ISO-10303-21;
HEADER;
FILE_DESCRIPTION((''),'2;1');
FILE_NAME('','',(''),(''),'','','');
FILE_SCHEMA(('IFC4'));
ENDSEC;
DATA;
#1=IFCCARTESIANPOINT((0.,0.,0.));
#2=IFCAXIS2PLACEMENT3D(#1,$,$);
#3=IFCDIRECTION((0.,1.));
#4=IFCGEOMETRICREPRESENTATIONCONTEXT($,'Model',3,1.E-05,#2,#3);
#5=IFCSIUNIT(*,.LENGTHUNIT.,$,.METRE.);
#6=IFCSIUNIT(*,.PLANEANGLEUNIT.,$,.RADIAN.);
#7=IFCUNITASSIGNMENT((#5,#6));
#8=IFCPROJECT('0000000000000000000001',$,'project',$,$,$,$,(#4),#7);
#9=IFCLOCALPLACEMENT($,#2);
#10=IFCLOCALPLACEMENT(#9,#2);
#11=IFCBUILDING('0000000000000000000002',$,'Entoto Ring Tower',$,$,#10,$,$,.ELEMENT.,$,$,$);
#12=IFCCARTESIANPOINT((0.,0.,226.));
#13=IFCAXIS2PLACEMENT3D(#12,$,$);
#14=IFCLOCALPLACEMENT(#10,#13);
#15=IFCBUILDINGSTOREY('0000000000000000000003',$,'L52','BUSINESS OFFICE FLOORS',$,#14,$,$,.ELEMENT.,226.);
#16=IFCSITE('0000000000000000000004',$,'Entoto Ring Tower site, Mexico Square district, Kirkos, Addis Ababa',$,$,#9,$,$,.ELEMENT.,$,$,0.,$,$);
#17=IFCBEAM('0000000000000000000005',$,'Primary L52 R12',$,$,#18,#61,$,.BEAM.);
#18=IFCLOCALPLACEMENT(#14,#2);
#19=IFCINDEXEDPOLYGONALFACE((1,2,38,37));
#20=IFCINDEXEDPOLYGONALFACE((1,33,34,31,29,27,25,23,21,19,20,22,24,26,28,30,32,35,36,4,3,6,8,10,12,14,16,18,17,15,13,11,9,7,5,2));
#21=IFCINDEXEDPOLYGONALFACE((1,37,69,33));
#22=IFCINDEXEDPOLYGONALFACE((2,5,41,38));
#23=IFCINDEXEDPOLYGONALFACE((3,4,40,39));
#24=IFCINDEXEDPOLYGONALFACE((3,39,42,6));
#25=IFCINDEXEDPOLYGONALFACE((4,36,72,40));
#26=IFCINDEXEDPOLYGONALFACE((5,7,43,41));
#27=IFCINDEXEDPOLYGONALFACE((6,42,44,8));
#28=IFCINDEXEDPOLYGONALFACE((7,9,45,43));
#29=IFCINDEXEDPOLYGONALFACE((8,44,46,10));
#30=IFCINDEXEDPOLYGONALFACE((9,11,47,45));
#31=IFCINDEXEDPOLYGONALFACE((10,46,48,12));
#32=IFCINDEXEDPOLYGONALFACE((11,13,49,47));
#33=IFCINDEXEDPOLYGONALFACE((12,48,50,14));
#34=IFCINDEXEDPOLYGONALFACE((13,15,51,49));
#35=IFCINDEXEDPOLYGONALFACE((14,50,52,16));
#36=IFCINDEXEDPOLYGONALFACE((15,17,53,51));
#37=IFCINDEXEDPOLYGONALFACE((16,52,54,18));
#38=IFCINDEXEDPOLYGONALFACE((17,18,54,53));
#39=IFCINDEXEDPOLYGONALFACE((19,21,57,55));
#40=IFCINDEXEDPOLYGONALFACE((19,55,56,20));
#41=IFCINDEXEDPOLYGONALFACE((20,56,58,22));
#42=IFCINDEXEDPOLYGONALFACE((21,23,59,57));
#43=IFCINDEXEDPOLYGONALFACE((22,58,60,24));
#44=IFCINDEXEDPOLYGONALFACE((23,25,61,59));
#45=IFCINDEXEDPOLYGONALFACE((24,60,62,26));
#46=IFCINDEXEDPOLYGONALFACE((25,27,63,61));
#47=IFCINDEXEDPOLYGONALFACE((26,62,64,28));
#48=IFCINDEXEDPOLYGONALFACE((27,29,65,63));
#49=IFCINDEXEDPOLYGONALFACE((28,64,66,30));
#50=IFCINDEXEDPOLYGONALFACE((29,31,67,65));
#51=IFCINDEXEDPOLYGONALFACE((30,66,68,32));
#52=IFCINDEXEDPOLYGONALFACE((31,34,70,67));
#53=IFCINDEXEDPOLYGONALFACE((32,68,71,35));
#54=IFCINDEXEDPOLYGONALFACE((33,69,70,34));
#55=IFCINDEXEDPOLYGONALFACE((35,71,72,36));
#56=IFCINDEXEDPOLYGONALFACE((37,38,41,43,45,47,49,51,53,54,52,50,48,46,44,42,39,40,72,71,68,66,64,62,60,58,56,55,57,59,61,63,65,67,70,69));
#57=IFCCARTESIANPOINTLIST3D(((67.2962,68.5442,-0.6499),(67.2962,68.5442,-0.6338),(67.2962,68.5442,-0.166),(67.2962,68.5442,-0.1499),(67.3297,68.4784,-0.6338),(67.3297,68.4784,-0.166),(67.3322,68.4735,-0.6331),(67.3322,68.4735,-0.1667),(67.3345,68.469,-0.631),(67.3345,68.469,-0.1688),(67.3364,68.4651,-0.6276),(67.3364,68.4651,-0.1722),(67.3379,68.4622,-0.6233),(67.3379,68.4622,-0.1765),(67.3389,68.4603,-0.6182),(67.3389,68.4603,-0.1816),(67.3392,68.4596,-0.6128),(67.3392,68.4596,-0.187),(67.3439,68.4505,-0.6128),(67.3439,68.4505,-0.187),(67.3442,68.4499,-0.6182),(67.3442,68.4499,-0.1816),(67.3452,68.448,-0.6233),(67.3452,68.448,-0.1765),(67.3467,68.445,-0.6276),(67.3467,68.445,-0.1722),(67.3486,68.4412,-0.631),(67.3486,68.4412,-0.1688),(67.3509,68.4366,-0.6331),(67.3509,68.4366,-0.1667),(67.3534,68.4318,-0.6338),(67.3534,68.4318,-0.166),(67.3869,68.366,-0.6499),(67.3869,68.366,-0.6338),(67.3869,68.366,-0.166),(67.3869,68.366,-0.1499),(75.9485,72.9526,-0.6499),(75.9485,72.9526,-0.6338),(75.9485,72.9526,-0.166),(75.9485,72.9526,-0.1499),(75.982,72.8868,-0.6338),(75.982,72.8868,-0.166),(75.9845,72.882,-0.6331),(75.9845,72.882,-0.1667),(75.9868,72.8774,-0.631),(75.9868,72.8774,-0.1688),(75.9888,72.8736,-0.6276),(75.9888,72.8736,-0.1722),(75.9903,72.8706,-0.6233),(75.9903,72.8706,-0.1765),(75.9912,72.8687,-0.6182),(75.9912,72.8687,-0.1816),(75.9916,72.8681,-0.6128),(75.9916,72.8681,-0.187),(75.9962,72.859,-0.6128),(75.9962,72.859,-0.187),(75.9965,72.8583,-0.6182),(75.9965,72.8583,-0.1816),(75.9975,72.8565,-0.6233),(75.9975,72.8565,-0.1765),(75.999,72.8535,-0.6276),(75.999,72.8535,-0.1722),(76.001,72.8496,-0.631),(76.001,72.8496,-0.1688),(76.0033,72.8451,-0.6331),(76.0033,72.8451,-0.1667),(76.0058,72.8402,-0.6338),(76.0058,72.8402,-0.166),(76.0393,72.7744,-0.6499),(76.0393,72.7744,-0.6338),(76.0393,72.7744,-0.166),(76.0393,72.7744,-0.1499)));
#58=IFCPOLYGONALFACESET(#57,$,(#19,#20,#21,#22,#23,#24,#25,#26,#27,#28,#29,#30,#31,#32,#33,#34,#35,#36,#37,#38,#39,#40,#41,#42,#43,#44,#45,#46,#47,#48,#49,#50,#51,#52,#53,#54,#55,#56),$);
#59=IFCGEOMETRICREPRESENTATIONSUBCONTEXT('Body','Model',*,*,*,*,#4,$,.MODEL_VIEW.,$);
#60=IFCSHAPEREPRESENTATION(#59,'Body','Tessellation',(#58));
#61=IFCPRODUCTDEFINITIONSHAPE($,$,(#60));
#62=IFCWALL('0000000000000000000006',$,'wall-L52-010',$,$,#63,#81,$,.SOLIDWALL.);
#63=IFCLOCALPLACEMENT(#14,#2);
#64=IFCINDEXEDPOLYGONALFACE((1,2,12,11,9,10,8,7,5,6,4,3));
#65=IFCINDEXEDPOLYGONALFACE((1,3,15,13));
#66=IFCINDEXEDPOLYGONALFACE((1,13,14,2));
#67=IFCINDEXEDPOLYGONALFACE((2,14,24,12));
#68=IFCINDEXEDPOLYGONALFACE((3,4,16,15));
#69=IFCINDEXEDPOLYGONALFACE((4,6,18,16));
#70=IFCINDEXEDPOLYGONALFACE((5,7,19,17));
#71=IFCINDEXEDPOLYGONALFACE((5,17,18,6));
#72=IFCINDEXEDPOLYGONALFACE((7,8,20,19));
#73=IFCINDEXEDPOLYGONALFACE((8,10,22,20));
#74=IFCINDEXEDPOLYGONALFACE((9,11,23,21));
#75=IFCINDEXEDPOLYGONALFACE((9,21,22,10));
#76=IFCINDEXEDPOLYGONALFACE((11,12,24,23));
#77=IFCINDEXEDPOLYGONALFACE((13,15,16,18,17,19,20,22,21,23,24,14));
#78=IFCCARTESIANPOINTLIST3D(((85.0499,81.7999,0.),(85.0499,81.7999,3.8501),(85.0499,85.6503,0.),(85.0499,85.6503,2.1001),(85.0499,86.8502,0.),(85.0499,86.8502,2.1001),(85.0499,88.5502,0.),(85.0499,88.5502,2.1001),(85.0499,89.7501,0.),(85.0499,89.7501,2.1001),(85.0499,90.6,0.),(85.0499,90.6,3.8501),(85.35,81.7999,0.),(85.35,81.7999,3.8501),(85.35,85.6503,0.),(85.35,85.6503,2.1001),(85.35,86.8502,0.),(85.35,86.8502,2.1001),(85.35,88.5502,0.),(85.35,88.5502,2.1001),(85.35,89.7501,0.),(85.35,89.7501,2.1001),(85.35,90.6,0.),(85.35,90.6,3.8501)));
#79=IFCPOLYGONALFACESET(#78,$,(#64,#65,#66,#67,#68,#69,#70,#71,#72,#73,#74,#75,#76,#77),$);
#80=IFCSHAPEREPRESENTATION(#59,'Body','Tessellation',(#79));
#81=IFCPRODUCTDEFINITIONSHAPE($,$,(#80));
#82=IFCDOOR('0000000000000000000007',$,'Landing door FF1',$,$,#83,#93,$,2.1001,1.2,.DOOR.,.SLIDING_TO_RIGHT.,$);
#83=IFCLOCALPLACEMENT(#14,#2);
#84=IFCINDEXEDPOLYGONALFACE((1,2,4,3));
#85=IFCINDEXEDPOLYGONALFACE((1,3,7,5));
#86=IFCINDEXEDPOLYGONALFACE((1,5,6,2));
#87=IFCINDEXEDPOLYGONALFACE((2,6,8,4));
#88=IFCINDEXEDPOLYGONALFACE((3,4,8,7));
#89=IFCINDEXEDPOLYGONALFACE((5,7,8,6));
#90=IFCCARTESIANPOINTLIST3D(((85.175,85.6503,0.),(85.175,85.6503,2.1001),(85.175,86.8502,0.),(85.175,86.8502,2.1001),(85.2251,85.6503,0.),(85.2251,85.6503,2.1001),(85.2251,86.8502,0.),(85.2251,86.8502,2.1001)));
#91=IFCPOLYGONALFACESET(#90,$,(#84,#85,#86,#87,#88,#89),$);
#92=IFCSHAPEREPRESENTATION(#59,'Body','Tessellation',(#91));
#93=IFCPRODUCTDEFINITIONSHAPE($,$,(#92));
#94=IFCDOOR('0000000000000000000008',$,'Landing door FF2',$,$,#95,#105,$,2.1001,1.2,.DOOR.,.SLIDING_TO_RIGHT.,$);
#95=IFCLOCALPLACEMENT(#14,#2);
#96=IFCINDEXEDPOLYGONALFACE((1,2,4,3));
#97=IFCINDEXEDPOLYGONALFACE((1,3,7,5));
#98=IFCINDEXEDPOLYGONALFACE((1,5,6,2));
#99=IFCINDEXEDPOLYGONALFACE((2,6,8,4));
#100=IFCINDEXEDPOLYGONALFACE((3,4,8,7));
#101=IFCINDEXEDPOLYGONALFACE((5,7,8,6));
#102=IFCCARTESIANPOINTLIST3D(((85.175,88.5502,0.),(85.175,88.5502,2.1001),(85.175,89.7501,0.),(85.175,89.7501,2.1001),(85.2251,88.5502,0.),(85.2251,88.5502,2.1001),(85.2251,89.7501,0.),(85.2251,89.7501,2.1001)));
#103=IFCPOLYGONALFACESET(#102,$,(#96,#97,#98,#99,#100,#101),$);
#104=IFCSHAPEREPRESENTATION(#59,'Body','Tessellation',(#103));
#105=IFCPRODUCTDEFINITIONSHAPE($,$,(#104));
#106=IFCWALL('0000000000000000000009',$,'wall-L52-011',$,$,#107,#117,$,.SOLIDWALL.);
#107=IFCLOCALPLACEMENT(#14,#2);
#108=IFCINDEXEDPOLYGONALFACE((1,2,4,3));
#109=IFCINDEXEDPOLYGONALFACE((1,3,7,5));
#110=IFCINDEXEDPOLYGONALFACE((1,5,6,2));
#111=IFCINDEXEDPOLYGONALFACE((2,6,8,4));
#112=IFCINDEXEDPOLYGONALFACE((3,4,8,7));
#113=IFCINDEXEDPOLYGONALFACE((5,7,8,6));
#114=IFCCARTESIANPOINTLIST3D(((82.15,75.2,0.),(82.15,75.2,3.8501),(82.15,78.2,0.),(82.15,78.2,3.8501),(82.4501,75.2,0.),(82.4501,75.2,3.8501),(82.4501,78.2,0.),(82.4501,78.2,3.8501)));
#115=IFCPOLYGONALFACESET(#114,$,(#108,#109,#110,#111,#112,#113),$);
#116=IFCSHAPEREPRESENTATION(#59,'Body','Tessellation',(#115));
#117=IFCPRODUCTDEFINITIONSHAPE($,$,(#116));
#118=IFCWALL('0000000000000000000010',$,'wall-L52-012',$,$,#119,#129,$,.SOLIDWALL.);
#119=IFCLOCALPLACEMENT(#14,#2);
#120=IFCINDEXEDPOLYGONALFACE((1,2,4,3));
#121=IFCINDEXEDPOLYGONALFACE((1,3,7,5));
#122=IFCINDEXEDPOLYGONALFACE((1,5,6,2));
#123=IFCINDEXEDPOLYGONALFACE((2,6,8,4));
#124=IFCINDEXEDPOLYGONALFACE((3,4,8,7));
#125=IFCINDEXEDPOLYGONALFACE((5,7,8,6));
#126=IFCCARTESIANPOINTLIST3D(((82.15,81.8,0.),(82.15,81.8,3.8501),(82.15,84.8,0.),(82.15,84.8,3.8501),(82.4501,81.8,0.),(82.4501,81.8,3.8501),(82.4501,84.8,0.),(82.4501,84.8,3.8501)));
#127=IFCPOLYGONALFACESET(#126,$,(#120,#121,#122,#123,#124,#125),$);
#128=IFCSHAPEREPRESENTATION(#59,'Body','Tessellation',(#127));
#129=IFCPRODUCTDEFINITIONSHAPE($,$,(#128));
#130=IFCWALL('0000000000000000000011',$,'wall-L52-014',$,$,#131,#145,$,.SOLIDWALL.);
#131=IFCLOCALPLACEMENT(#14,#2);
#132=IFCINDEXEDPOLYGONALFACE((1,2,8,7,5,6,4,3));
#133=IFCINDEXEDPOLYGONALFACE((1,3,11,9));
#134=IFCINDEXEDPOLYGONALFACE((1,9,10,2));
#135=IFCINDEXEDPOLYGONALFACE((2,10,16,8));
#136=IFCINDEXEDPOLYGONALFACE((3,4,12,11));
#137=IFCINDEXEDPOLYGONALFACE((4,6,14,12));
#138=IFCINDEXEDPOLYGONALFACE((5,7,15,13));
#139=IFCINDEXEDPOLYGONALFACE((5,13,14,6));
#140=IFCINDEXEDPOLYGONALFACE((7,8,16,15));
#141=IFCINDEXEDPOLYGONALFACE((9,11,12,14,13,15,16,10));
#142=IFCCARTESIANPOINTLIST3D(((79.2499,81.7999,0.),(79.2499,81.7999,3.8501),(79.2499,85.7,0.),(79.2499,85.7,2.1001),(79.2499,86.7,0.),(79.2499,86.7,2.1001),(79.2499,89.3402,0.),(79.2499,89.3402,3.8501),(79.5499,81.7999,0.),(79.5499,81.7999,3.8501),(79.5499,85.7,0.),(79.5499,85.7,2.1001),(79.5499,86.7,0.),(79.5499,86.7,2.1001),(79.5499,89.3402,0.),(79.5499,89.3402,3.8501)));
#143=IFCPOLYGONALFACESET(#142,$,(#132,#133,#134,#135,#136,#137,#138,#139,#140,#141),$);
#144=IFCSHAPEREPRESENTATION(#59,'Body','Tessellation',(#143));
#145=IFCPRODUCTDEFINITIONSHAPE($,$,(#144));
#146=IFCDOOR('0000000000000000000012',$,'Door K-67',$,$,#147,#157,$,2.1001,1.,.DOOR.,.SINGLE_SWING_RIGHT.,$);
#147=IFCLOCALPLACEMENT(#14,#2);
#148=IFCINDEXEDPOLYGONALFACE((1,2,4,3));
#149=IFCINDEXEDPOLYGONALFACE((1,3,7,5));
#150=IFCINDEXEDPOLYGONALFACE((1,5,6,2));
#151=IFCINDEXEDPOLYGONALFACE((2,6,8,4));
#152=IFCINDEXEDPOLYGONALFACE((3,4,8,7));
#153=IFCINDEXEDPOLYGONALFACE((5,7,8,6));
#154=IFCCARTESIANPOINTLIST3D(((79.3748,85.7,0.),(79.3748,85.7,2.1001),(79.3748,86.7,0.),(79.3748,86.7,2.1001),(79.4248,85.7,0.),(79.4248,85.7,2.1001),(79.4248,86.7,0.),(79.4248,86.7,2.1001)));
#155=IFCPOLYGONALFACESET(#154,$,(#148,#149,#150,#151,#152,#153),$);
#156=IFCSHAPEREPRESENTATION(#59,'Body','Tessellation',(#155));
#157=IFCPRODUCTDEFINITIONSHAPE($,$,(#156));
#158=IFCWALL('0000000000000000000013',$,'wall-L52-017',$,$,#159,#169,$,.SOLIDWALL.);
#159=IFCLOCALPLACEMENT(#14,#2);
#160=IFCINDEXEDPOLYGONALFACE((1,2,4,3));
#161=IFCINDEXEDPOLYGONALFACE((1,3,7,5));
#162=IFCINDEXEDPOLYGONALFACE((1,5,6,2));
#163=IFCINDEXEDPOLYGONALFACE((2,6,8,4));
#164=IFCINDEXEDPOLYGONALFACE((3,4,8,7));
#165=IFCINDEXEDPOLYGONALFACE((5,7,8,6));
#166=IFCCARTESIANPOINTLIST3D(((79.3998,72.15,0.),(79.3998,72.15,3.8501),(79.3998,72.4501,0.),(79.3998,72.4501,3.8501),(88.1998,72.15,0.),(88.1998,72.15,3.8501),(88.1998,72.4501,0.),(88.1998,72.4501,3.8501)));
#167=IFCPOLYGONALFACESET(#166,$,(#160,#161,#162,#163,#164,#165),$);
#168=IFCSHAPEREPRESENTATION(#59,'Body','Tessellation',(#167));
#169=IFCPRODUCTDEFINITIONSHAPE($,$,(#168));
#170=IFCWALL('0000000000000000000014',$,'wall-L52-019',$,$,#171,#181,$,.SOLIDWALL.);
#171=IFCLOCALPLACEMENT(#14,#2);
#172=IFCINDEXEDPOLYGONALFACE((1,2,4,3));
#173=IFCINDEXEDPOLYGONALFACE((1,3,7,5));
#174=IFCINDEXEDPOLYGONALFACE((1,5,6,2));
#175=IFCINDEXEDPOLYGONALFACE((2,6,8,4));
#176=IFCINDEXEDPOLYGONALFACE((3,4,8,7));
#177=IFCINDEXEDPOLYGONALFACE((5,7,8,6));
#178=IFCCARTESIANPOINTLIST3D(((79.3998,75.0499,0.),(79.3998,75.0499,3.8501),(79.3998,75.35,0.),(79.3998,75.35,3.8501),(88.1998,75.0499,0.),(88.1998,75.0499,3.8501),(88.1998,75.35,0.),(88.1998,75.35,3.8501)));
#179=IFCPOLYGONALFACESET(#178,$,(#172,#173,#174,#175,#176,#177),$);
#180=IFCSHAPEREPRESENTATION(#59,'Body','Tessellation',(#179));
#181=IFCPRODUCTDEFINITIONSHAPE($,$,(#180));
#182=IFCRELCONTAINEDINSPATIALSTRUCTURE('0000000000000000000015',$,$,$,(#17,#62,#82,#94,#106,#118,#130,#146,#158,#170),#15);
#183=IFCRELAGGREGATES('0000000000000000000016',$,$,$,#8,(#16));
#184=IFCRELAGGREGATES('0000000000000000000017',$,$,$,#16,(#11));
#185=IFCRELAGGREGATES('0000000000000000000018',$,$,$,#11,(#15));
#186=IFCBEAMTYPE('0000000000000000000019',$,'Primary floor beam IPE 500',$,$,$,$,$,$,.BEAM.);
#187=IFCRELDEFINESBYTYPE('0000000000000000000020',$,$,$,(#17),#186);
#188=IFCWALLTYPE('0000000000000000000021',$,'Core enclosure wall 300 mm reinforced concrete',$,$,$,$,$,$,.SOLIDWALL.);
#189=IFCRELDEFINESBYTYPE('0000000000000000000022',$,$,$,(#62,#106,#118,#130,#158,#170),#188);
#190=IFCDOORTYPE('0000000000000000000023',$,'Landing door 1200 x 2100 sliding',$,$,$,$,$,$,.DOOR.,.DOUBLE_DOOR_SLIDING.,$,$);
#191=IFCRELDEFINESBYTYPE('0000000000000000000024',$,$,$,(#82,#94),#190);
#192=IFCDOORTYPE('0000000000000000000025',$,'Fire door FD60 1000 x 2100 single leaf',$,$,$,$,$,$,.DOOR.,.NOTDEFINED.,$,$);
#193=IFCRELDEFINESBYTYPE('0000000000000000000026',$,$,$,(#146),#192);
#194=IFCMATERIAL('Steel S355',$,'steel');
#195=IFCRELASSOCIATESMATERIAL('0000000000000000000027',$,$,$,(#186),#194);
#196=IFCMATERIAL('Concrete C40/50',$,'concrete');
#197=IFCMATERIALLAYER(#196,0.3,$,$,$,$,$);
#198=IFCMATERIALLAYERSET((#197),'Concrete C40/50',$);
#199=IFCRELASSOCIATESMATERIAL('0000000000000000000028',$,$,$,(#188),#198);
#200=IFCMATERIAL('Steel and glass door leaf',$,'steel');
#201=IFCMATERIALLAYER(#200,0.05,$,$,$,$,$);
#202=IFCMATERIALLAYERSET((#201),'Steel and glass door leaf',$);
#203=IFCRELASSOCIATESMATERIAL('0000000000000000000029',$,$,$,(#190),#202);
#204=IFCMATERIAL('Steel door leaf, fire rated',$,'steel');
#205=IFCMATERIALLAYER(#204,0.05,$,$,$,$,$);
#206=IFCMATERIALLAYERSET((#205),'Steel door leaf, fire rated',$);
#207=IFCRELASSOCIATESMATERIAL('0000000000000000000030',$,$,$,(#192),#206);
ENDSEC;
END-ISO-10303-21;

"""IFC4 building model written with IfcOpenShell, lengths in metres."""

from ifc_helpers import new_model, si_unit, direction, frame, frame_2d, origin, origin_2d, place, context, subcontext, project, spatial, rectangle, i_section, extrude, material, layer, layer_set, material_profile, profile_set, type_object, element, fill, save


model = new_model("IFC4")

# Units and contexts
model_context = context("Model", 3, precision=1e-05, world=origin(), true_north=direction((0.0, 1.0)))
body_context = subcontext(model_context, "Body", "Model", "MODEL_VIEW")
ifc_project = project(units=[si_unit("LENGTHUNIT", "METRE"), si_unit("PLANEANGLEUNIT", "RADIAN")], contexts=[model_context])

# Site, building, storey
site_placement = place(None, origin())
site = spatial("IfcSite", under=ifc_project, at=site_placement, Name="Entoto Ring Tower site, Mexico Square district, Kirkos, Addis Ababa", CompositionType="ELEMENT", RefElevation=0.0)
building_placement = place(site_placement, origin())
building = spatial("IfcBuilding", under=site, at=building_placement, Name="Entoto Ring Tower", CompositionType="ELEMENT")
storey_placement = place(building_placement, frame((0.0, 0.0, 226.0)))
storey = spatial("IfcBuildingStorey", under=building, at=storey_placement, Name="L52", Description="BUSINESS OFFICE FLOORS", CompositionType="ELEMENT", Elevation=226.0)

# Beam
ifc_material_1 = material(Name="Steel S355", Category="steel")
ifc_material_profile = material_profile(ifc_material_1, i_section(OverallWidth=0.2, OverallDepth=0.5, WebThickness=0.0103, FlangeThickness=0.0161, FilletRadius=0.021, at=origin_2d()), Name="IPE 500")
ifc_profile_set = profile_set([ifc_material_profile], Name="Steel S355")
beam_type = type_object("IfcBeamType", Name="Primary floor beam IPE 500", PredefinedType="BEAM", material=ifc_profile_set)
beam_placement = place(storey_placement, frame((75.9939, 72.8635, -0.3999), z_axis=(-0.891012, -0.453979, 0.0), x_axis=(0.453979, -0.891012, 0.0)))
element("IfcBeam", 1, at=beam_placement, inside=storey, type_object=beam_type, Name="Primary L52 R12", PredefinedType="BEAM", context=body_context, shape_type="SweptSolid", body=[
    extrude(i_section(OverallWidth=0.2, OverallDepth=0.5, WebThickness=0.0103, FlangeThickness=0.0161, FilletRadius=0.021, at=origin_2d()), origin(), (0.0, 0.0, 1.0), 9.7107),
])

# Wall, openings, doors
ifc_material_2 = material(Name="Concrete C40/50", Category="concrete")
ifc_layer_1 = layer(ifc_material_2, 0.3)
ifc_layer_set_1 = layer_set([ifc_layer_1], Name="Concrete C40/50")
wall_type = type_object("IfcWallType", Name="Core enclosure wall 300 mm reinforced concrete", PredefinedType="SOLIDWALL", material=ifc_layer_set_1)
wall_1_placement = place(storey_placement, frame((85.2, 81.8, 0.0), z_axis=(0.0, 0.0, 1.0), x_axis=(0.0, 1.0, 0.0)))
wall_1 = element("IfcWall", 2, at=wall_1_placement, inside=storey, type_object=wall_type, Name="wall-L52-010", PredefinedType="SOLIDWALL", context=body_context, shape_type="SweptSolid", body=[
    extrude(rectangle(XDim=8.8, YDim=0.3, at=frame_2d((4.3999, 0.0))), origin(), (0.0, 0.0, 1.0), 3.8501),
])
opening_1_placement = place(wall_1_placement, frame((3.8501, 0.0, 0.0)))
opening_1 = element("IfcOpeningElement", 3, at=opening_1_placement, cuts=wall_1, PredefinedType="OPENING", context=body_context, shape_type="SweptSolid", body=[
    extrude(rectangle(XDim=1.2, YDim=2.1001, at=frame_2d((0.6001, 1.05))), frame((0.0, 0.1602, 0.0), z_axis=(0.0, -1.0, 0.0), x_axis=(1.0, 0.0, 0.0)), (0.0, 0.0, 1.0), 0.3201),
])
opening_2_placement = place(wall_1_placement, frame((6.75, 0.0, 0.0)))
opening_2 = element("IfcOpeningElement", 4, at=opening_2_placement, cuts=wall_1, PredefinedType="OPENING", context=body_context, shape_type="SweptSolid", body=[
    extrude(rectangle(XDim=1.2, YDim=2.1001, at=frame_2d((0.6001, 1.05))), frame((0.0, 0.1602, 0.0), z_axis=(0.0, -1.0, 0.0), x_axis=(1.0, 0.0, 0.0)), (0.0, 0.0, 1.0), 0.3201),
])
ifc_material_3 = material(Name="Steel and glass door leaf", Category="steel")
ifc_layer_2 = layer(ifc_material_3, 0.05)
ifc_layer_set_2 = layer_set([ifc_layer_2], Name="Steel and glass door leaf")
door_type_1 = type_object("IfcDoorType", Name="Landing door 1200 x 2100 sliding", OperationType="DOUBLE_DOOR_SLIDING", PredefinedType="DOOR", material=ifc_layer_set_2)
door_1_placement = place(opening_1_placement, origin())
door_1 = element("IfcDoor", 5, at=door_1_placement, inside=storey, type_object=door_type_1, Name="Landing door FF1", OperationType="SLIDING_TO_RIGHT", OverallHeight=2.1001, OverallWidth=1.2, PredefinedType="DOOR", context=body_context, shape_type="SweptSolid", body=[
    extrude(rectangle(XDim=1.2, YDim=2.1001, at=frame_2d((0.6001, 1.05))), frame((0.0, 0.0249, 0.0), z_axis=(0.0, -1.0, 0.0), x_axis=(1.0, 0.0, 0.0)), (0.0, 0.0, 1.0), 0.05),
])
fill(opening_1, door_1)
door_2_placement = place(opening_2_placement, origin())
door_2 = element("IfcDoor", 6, at=door_2_placement, inside=storey, type_object=door_type_1, Name="Landing door FF2", OperationType="SLIDING_TO_RIGHT", OverallHeight=2.1001, OverallWidth=1.2, PredefinedType="DOOR", context=body_context, shape_type="SweptSolid", body=[
    extrude(rectangle(XDim=1.2, YDim=2.1001, at=frame_2d((0.6001, 1.05))), frame((0.0, 0.0249, 0.0), z_axis=(0.0, -1.0, 0.0), x_axis=(1.0, 0.0, 0.0)), (0.0, 0.0, 1.0), 0.05),
])
fill(opening_2, door_2)

# Walls
for number, where, z_axis, x_axis, name in (
    (7, (82.3, 75.2, 0.0), (0.0, 0.0, 1.0), (0.0, 1.0, 0.0), "wall-L52-011"),
    (8, (82.3, 81.8, 0.0), (0.0, 0.0, 1.0), (0.0, 1.0, 0.0), "wall-L52-012"),
):
    element("IfcWall", number, at=place(storey_placement, frame(where, z_axis=z_axis, x_axis=x_axis)), inside=storey, type_object=wall_type, Name=name, PredefinedType="SOLIDWALL", context=body_context, shape_type="SweptSolid", body=[
        extrude(rectangle(XDim=3.0, YDim=0.3, at=frame_2d((1.5, 0.0))), origin(), (0.0, 0.0, 1.0), 3.8501),
    ])

# Wall, opening, door
wall_2_placement = place(storey_placement, frame((79.3999, 81.8, 0.0), z_axis=(0.0, 0.0, 1.0), x_axis=(0.0, 1.0, 0.0)))
wall_2 = element("IfcWall", 9, at=wall_2_placement, inside=storey, type_object=wall_type, Name="wall-L52-014", PredefinedType="SOLIDWALL", context=body_context, shape_type="SweptSolid", body=[
    extrude(rectangle(XDim=7.5403, YDim=0.3, at=frame_2d((3.77, 0.0))), origin(), (0.0, 0.0, 1.0), 3.8501),
])
opening_3_placement = place(wall_2_placement, frame((3.8999, 0.0, 0.0)))
opening_3 = element("IfcOpeningElement", 10, at=opening_3_placement, cuts=wall_2, PredefinedType="OPENING", context=body_context, shape_type="SweptSolid", body=[
    extrude(rectangle(XDim=1.0, YDim=2.1001, at=frame_2d((0.5, 1.05))), frame((0.0, 0.1602, 0.0), z_axis=(0.0, -1.0, 0.0), x_axis=(1.0, 0.0, 0.0)), (0.0, 0.0, 1.0), 0.3201),
])
ifc_material_4 = material(Name="Steel door leaf, fire rated", Category="steel")
ifc_layer_3 = layer(ifc_material_4, 0.05)
ifc_layer_set_3 = layer_set([ifc_layer_3], Name="Steel door leaf, fire rated")
door_type_2 = type_object("IfcDoorType", Name="Fire door FD60 1000 x 2100 single leaf", OperationType="NOTDEFINED", PredefinedType="DOOR", material=ifc_layer_set_3)
door_3_placement = place(opening_3_placement, frame((1.0, 0.0, 0.0), z_axis=(0.0, 0.0, 1.0), x_axis=(-1.0, 0.0, 0.0)))
door_3 = element("IfcDoor", 11, at=door_3_placement, inside=storey, type_object=door_type_2, Name="Door K-67", OperationType="SINGLE_SWING_RIGHT", OverallHeight=2.1001, OverallWidth=1.0, PredefinedType="DOOR", context=body_context, shape_type="SweptSolid", body=[
    extrude(rectangle(XDim=1.0, YDim=2.1001, at=frame_2d((0.5, 1.05))), frame((0.0, 0.0249, 0.0), z_axis=(0.0, -1.0, 0.0), x_axis=(1.0, 0.0, 0.0)), (0.0, 0.0, 1.0), 0.05),
])
fill(opening_3, door_3)

# Walls
for number, where, z_axis, x_axis, name in (
    (12, (79.3999, 72.3, 0.0), (0.0, 0.0, 1.0), (1.0, 0.0, 0.0), "wall-L52-017"),
    (13, (79.3999, 75.2, 0.0), (0.0, 0.0, 1.0), (1.0, 0.0, 0.0), "wall-L52-019"),
):
    element("IfcWall", number, at=place(storey_placement, frame(where, z_axis=z_axis, x_axis=x_axis)), inside=storey, type_object=wall_type, Name=name, PredefinedType="SOLIDWALL", context=body_context, shape_type="SweptSolid", body=[
        extrude(rectangle(XDim=8.8, YDim=0.3, at=frame_2d((4.3999, 0.0))), origin(), (0.0, 0.0, 1.0), 3.8501),
    ])

save(model, "model.ifc")
